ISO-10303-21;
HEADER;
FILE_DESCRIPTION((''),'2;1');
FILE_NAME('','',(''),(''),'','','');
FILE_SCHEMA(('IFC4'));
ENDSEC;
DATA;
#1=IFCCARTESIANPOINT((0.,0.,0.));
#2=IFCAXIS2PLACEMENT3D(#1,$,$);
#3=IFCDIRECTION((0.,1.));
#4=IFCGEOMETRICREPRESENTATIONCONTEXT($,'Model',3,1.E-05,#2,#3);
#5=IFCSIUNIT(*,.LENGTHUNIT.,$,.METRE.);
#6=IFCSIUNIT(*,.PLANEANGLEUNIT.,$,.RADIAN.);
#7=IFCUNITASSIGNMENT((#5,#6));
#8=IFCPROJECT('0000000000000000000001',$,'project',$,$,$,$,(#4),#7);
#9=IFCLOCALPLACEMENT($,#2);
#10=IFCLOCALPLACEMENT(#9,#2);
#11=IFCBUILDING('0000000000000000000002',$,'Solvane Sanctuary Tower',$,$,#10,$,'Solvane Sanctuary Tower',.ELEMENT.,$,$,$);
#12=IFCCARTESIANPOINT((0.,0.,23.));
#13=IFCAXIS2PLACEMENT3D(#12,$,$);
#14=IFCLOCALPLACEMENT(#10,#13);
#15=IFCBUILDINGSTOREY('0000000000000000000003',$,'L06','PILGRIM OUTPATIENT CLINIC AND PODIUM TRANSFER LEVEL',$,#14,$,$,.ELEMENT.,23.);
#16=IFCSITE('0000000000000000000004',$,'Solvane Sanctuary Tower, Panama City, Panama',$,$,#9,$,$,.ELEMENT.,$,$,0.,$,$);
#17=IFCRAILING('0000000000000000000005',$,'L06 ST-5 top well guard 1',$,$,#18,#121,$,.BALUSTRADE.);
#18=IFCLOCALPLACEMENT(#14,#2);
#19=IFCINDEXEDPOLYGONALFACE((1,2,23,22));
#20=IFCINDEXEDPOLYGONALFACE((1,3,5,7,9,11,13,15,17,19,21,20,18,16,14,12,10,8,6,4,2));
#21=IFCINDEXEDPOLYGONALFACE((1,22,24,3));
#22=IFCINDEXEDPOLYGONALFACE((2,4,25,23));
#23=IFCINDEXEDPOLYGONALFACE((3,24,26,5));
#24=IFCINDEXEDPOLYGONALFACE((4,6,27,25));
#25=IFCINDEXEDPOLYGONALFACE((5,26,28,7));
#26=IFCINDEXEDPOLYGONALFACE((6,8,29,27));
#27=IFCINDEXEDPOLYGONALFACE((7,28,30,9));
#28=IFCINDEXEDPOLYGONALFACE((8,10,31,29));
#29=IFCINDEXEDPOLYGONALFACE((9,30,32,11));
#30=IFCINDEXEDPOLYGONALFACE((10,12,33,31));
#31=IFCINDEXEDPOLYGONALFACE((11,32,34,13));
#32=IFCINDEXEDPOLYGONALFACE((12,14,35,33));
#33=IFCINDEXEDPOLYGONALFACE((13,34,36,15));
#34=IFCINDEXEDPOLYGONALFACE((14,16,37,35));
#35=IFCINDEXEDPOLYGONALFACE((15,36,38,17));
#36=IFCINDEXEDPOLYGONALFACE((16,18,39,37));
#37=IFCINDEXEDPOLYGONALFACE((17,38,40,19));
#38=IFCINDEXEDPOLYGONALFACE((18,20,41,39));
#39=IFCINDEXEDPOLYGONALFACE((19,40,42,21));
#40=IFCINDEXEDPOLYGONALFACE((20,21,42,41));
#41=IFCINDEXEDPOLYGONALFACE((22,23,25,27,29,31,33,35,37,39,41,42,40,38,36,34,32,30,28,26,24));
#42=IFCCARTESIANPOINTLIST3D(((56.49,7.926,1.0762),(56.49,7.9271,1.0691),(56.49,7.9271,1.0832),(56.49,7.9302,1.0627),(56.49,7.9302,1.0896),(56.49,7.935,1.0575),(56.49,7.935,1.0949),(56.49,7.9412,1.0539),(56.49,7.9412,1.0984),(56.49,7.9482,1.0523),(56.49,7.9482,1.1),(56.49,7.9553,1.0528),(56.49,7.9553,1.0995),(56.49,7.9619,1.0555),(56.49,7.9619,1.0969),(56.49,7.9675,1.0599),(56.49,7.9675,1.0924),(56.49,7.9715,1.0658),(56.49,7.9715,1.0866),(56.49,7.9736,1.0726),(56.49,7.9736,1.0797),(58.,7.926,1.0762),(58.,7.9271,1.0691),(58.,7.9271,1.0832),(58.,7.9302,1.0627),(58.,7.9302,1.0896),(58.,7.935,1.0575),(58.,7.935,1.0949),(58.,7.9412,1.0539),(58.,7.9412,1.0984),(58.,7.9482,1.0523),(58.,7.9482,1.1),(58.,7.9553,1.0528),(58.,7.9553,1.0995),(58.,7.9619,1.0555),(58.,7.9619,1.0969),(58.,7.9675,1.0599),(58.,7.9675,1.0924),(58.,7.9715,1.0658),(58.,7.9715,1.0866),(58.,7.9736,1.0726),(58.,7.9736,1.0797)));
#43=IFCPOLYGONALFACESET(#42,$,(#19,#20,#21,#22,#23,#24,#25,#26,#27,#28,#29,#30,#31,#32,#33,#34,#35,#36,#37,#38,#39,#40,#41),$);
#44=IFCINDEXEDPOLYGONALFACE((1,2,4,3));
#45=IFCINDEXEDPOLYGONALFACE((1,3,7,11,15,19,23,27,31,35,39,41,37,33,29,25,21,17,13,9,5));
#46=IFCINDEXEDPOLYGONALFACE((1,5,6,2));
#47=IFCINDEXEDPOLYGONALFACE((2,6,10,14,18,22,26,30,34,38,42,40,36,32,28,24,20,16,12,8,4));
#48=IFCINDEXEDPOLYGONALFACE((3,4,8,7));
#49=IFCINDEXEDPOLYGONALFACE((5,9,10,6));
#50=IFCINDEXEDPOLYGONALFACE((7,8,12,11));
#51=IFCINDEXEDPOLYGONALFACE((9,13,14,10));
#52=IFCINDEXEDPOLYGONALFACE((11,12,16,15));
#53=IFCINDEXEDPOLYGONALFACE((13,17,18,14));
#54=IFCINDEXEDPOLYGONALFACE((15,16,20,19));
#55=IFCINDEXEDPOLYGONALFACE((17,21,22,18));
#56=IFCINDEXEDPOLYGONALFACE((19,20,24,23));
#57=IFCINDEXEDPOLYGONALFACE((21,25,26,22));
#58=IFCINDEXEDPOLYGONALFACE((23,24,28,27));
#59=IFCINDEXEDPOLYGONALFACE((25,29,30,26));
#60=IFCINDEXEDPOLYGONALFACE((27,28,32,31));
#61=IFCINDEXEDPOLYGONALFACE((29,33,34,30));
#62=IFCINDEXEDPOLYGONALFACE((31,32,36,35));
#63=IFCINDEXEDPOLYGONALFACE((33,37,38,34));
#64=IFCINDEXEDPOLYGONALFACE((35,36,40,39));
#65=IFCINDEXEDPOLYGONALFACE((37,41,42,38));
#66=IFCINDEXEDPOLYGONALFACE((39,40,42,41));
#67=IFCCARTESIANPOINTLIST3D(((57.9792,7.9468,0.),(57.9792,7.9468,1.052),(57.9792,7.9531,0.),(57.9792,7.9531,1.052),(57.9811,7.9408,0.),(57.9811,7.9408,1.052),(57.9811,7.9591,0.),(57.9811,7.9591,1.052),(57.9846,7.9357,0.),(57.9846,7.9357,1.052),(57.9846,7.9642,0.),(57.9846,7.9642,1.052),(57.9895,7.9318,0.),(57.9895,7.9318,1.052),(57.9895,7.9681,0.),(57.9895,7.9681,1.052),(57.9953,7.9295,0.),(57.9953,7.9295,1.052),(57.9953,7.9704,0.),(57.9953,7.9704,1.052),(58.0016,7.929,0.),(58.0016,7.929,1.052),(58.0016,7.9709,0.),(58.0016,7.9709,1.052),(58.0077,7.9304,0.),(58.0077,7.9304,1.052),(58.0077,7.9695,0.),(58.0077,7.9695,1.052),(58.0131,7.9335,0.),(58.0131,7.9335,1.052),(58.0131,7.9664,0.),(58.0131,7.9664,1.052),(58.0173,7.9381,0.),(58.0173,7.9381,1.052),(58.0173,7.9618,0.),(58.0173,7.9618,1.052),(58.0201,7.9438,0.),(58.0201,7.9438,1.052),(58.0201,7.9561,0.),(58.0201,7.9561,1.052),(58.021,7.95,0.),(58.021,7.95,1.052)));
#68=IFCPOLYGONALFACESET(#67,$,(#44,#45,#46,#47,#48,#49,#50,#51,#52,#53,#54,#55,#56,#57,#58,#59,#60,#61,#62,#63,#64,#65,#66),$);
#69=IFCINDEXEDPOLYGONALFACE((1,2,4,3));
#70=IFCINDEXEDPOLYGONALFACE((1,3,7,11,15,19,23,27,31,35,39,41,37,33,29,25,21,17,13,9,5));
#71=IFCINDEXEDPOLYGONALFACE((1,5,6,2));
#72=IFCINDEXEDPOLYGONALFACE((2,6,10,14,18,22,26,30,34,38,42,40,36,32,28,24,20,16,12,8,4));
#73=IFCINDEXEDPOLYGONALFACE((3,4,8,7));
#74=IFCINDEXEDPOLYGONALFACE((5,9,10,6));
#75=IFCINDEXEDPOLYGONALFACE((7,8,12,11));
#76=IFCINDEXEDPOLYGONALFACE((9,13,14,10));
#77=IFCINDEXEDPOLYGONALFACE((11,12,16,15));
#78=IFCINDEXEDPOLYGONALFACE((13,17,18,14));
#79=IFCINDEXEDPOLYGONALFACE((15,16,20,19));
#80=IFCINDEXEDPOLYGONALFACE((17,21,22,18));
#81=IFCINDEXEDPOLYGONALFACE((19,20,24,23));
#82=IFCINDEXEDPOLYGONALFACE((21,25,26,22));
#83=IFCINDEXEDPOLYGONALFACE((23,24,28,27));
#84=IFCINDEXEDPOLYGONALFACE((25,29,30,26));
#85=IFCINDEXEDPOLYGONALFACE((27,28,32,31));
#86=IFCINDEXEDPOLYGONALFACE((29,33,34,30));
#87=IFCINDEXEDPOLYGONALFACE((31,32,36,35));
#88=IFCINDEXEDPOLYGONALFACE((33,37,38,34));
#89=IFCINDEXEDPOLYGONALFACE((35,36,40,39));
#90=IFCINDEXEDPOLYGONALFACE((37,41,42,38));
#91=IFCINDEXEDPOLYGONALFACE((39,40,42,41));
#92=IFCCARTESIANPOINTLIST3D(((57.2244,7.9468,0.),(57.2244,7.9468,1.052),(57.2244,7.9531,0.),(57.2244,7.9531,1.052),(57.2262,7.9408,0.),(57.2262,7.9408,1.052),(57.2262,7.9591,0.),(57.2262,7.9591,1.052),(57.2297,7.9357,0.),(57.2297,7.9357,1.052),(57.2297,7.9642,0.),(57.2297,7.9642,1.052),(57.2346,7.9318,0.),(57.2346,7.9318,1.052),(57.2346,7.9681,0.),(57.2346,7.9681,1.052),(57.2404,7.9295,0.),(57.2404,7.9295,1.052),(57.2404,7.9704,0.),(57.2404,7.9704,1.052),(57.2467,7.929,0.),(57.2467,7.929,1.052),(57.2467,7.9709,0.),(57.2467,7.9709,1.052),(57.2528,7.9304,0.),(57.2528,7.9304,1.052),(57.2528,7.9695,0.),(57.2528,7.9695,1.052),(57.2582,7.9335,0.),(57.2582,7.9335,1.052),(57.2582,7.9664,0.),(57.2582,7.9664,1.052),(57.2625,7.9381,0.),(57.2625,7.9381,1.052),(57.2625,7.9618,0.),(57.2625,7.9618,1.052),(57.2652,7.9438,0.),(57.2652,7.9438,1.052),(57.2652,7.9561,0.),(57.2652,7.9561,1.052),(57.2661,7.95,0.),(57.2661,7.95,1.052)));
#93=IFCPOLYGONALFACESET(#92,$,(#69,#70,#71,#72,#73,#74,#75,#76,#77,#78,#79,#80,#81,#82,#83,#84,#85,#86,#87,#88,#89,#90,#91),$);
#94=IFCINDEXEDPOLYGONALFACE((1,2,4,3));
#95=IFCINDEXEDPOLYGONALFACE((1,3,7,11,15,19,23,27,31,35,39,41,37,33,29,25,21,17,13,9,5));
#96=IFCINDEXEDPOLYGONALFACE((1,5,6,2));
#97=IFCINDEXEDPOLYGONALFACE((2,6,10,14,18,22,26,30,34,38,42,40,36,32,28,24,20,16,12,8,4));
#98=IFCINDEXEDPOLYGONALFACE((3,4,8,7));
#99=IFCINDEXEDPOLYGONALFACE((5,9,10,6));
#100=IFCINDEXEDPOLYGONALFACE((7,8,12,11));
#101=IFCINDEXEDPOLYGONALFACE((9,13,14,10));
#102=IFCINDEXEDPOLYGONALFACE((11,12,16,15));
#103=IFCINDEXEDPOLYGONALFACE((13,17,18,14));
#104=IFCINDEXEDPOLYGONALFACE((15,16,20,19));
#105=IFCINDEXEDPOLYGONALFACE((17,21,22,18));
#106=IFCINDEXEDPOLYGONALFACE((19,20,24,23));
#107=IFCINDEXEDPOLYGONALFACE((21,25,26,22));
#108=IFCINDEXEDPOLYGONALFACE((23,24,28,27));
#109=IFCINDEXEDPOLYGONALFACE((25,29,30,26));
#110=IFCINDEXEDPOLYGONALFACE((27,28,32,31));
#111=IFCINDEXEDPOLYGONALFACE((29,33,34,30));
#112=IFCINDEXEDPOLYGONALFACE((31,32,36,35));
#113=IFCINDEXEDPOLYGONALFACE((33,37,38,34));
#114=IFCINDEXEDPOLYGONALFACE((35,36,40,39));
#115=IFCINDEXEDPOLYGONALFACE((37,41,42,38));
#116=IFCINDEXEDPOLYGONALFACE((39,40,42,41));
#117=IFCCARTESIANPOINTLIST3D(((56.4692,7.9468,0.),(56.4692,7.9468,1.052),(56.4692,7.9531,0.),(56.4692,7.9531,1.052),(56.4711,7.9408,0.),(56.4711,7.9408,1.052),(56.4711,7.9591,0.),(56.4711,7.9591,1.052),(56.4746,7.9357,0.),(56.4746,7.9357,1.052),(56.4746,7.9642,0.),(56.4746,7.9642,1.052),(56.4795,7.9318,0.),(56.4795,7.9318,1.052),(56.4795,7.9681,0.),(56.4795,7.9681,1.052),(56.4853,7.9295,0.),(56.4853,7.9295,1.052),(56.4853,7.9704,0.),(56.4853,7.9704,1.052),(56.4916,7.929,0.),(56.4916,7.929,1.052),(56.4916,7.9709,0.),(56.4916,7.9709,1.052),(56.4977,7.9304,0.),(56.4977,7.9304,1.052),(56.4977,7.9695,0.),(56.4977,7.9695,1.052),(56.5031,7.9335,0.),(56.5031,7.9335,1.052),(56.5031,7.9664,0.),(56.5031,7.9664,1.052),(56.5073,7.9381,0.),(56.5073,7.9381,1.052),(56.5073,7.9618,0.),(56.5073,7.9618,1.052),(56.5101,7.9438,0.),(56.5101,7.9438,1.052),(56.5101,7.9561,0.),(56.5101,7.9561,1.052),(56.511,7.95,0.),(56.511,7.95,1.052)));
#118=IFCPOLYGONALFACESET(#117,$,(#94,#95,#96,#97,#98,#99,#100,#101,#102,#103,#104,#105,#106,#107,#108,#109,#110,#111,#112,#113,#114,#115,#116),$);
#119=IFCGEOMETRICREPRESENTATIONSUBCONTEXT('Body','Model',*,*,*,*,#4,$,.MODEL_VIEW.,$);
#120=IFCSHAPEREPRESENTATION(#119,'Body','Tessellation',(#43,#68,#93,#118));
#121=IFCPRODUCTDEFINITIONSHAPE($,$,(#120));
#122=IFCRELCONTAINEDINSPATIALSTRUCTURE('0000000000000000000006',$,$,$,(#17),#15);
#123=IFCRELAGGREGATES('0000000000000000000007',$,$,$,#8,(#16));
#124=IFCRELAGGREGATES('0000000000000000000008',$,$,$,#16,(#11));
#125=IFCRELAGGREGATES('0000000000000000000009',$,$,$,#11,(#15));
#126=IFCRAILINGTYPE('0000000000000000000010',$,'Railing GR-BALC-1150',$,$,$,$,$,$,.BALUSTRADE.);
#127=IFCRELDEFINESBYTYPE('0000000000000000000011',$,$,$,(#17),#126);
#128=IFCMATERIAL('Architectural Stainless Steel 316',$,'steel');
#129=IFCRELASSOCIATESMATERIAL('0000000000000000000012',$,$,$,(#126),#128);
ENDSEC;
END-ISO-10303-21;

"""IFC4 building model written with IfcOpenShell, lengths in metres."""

from ifc_helpers import new_model, si_unit, direction, frame, origin, origin_2d, place, context, subcontext, project, spatial, circle, extrude, material, type_object, element, save


model = new_model("IFC4")

# Units and contexts
model_context = context("Model", 3, precision=1e-05, world=origin(), true_north=direction((0.0, 1.0)))
body_context = subcontext(model_context, "Body", "Model", "MODEL_VIEW")
ifc_project = project(units=[si_unit("LENGTHUNIT", "METRE"), si_unit("PLANEANGLEUNIT", "RADIAN")], contexts=[model_context])

# Site, building, storey
site_placement = place(None, origin())
site = spatial("IfcSite", under=ifc_project, at=site_placement, Name="Solvane Sanctuary Tower, Panama City, Panama", CompositionType="ELEMENT", RefElevation=0.0)
building_placement = place(site_placement, origin())
building = spatial("IfcBuilding", under=site, at=building_placement, Name="Solvane Sanctuary Tower", LongName="Solvane Sanctuary Tower", CompositionType="ELEMENT")
storey_placement = place(building_placement, frame((0.0, 0.0, 23.0)))
storey = spatial("IfcBuildingStorey", under=building, at=storey_placement, Name="L06", Description="PILGRIM OUTPATIENT CLINIC AND PODIUM TRANSFER LEVEL", CompositionType="ELEMENT", Elevation=23.0)

# Shared definitions
ifc_material_1 = material(Name="Architectural Stainless Steel 316", Category="steel")

# Railing
railing_type_1 = type_object("IfcRailingType", Name="Railing GR-BALC-1150", PredefinedType="BALUSTRADE", material=ifc_material_1)
railing_1_placement = place(storey_placement, frame((58.0, 7.95, 0.0)))
element("IfcRailing", 1, at=railing_1_placement, inside=storey, type_object=railing_type_1, Name="L06 ST-5 top well guard 1", PredefinedType="BALUSTRADE", context=body_context, shape_type="SweptSolid", body=[
    extrude(circle(Radius=0.0239, at=origin_2d()), frame((0.0, 0.0, 1.0762), z_axis=(-1.0, 0.0, 0.0), x_axis=(0.0, -1.0, 0.0)), (0.0, 0.0, 1.0), 1.51),
    extrude(circle(Radius=0.021, at=origin_2d()), origin(), (0.0, 0.0, 1.0), 1.052),
    extrude(circle(Radius=0.021, at=origin_2d()), frame((-0.7549, 0.0, 0.0)), (0.0, 0.0, 1.0), 1.052),
    extrude(circle(Radius=0.021, at=origin_2d()), frame((-1.51, 0.0, 0.0)), (0.0, 0.0, 1.0), 1.052),
])

save(model, "model.ifc")
